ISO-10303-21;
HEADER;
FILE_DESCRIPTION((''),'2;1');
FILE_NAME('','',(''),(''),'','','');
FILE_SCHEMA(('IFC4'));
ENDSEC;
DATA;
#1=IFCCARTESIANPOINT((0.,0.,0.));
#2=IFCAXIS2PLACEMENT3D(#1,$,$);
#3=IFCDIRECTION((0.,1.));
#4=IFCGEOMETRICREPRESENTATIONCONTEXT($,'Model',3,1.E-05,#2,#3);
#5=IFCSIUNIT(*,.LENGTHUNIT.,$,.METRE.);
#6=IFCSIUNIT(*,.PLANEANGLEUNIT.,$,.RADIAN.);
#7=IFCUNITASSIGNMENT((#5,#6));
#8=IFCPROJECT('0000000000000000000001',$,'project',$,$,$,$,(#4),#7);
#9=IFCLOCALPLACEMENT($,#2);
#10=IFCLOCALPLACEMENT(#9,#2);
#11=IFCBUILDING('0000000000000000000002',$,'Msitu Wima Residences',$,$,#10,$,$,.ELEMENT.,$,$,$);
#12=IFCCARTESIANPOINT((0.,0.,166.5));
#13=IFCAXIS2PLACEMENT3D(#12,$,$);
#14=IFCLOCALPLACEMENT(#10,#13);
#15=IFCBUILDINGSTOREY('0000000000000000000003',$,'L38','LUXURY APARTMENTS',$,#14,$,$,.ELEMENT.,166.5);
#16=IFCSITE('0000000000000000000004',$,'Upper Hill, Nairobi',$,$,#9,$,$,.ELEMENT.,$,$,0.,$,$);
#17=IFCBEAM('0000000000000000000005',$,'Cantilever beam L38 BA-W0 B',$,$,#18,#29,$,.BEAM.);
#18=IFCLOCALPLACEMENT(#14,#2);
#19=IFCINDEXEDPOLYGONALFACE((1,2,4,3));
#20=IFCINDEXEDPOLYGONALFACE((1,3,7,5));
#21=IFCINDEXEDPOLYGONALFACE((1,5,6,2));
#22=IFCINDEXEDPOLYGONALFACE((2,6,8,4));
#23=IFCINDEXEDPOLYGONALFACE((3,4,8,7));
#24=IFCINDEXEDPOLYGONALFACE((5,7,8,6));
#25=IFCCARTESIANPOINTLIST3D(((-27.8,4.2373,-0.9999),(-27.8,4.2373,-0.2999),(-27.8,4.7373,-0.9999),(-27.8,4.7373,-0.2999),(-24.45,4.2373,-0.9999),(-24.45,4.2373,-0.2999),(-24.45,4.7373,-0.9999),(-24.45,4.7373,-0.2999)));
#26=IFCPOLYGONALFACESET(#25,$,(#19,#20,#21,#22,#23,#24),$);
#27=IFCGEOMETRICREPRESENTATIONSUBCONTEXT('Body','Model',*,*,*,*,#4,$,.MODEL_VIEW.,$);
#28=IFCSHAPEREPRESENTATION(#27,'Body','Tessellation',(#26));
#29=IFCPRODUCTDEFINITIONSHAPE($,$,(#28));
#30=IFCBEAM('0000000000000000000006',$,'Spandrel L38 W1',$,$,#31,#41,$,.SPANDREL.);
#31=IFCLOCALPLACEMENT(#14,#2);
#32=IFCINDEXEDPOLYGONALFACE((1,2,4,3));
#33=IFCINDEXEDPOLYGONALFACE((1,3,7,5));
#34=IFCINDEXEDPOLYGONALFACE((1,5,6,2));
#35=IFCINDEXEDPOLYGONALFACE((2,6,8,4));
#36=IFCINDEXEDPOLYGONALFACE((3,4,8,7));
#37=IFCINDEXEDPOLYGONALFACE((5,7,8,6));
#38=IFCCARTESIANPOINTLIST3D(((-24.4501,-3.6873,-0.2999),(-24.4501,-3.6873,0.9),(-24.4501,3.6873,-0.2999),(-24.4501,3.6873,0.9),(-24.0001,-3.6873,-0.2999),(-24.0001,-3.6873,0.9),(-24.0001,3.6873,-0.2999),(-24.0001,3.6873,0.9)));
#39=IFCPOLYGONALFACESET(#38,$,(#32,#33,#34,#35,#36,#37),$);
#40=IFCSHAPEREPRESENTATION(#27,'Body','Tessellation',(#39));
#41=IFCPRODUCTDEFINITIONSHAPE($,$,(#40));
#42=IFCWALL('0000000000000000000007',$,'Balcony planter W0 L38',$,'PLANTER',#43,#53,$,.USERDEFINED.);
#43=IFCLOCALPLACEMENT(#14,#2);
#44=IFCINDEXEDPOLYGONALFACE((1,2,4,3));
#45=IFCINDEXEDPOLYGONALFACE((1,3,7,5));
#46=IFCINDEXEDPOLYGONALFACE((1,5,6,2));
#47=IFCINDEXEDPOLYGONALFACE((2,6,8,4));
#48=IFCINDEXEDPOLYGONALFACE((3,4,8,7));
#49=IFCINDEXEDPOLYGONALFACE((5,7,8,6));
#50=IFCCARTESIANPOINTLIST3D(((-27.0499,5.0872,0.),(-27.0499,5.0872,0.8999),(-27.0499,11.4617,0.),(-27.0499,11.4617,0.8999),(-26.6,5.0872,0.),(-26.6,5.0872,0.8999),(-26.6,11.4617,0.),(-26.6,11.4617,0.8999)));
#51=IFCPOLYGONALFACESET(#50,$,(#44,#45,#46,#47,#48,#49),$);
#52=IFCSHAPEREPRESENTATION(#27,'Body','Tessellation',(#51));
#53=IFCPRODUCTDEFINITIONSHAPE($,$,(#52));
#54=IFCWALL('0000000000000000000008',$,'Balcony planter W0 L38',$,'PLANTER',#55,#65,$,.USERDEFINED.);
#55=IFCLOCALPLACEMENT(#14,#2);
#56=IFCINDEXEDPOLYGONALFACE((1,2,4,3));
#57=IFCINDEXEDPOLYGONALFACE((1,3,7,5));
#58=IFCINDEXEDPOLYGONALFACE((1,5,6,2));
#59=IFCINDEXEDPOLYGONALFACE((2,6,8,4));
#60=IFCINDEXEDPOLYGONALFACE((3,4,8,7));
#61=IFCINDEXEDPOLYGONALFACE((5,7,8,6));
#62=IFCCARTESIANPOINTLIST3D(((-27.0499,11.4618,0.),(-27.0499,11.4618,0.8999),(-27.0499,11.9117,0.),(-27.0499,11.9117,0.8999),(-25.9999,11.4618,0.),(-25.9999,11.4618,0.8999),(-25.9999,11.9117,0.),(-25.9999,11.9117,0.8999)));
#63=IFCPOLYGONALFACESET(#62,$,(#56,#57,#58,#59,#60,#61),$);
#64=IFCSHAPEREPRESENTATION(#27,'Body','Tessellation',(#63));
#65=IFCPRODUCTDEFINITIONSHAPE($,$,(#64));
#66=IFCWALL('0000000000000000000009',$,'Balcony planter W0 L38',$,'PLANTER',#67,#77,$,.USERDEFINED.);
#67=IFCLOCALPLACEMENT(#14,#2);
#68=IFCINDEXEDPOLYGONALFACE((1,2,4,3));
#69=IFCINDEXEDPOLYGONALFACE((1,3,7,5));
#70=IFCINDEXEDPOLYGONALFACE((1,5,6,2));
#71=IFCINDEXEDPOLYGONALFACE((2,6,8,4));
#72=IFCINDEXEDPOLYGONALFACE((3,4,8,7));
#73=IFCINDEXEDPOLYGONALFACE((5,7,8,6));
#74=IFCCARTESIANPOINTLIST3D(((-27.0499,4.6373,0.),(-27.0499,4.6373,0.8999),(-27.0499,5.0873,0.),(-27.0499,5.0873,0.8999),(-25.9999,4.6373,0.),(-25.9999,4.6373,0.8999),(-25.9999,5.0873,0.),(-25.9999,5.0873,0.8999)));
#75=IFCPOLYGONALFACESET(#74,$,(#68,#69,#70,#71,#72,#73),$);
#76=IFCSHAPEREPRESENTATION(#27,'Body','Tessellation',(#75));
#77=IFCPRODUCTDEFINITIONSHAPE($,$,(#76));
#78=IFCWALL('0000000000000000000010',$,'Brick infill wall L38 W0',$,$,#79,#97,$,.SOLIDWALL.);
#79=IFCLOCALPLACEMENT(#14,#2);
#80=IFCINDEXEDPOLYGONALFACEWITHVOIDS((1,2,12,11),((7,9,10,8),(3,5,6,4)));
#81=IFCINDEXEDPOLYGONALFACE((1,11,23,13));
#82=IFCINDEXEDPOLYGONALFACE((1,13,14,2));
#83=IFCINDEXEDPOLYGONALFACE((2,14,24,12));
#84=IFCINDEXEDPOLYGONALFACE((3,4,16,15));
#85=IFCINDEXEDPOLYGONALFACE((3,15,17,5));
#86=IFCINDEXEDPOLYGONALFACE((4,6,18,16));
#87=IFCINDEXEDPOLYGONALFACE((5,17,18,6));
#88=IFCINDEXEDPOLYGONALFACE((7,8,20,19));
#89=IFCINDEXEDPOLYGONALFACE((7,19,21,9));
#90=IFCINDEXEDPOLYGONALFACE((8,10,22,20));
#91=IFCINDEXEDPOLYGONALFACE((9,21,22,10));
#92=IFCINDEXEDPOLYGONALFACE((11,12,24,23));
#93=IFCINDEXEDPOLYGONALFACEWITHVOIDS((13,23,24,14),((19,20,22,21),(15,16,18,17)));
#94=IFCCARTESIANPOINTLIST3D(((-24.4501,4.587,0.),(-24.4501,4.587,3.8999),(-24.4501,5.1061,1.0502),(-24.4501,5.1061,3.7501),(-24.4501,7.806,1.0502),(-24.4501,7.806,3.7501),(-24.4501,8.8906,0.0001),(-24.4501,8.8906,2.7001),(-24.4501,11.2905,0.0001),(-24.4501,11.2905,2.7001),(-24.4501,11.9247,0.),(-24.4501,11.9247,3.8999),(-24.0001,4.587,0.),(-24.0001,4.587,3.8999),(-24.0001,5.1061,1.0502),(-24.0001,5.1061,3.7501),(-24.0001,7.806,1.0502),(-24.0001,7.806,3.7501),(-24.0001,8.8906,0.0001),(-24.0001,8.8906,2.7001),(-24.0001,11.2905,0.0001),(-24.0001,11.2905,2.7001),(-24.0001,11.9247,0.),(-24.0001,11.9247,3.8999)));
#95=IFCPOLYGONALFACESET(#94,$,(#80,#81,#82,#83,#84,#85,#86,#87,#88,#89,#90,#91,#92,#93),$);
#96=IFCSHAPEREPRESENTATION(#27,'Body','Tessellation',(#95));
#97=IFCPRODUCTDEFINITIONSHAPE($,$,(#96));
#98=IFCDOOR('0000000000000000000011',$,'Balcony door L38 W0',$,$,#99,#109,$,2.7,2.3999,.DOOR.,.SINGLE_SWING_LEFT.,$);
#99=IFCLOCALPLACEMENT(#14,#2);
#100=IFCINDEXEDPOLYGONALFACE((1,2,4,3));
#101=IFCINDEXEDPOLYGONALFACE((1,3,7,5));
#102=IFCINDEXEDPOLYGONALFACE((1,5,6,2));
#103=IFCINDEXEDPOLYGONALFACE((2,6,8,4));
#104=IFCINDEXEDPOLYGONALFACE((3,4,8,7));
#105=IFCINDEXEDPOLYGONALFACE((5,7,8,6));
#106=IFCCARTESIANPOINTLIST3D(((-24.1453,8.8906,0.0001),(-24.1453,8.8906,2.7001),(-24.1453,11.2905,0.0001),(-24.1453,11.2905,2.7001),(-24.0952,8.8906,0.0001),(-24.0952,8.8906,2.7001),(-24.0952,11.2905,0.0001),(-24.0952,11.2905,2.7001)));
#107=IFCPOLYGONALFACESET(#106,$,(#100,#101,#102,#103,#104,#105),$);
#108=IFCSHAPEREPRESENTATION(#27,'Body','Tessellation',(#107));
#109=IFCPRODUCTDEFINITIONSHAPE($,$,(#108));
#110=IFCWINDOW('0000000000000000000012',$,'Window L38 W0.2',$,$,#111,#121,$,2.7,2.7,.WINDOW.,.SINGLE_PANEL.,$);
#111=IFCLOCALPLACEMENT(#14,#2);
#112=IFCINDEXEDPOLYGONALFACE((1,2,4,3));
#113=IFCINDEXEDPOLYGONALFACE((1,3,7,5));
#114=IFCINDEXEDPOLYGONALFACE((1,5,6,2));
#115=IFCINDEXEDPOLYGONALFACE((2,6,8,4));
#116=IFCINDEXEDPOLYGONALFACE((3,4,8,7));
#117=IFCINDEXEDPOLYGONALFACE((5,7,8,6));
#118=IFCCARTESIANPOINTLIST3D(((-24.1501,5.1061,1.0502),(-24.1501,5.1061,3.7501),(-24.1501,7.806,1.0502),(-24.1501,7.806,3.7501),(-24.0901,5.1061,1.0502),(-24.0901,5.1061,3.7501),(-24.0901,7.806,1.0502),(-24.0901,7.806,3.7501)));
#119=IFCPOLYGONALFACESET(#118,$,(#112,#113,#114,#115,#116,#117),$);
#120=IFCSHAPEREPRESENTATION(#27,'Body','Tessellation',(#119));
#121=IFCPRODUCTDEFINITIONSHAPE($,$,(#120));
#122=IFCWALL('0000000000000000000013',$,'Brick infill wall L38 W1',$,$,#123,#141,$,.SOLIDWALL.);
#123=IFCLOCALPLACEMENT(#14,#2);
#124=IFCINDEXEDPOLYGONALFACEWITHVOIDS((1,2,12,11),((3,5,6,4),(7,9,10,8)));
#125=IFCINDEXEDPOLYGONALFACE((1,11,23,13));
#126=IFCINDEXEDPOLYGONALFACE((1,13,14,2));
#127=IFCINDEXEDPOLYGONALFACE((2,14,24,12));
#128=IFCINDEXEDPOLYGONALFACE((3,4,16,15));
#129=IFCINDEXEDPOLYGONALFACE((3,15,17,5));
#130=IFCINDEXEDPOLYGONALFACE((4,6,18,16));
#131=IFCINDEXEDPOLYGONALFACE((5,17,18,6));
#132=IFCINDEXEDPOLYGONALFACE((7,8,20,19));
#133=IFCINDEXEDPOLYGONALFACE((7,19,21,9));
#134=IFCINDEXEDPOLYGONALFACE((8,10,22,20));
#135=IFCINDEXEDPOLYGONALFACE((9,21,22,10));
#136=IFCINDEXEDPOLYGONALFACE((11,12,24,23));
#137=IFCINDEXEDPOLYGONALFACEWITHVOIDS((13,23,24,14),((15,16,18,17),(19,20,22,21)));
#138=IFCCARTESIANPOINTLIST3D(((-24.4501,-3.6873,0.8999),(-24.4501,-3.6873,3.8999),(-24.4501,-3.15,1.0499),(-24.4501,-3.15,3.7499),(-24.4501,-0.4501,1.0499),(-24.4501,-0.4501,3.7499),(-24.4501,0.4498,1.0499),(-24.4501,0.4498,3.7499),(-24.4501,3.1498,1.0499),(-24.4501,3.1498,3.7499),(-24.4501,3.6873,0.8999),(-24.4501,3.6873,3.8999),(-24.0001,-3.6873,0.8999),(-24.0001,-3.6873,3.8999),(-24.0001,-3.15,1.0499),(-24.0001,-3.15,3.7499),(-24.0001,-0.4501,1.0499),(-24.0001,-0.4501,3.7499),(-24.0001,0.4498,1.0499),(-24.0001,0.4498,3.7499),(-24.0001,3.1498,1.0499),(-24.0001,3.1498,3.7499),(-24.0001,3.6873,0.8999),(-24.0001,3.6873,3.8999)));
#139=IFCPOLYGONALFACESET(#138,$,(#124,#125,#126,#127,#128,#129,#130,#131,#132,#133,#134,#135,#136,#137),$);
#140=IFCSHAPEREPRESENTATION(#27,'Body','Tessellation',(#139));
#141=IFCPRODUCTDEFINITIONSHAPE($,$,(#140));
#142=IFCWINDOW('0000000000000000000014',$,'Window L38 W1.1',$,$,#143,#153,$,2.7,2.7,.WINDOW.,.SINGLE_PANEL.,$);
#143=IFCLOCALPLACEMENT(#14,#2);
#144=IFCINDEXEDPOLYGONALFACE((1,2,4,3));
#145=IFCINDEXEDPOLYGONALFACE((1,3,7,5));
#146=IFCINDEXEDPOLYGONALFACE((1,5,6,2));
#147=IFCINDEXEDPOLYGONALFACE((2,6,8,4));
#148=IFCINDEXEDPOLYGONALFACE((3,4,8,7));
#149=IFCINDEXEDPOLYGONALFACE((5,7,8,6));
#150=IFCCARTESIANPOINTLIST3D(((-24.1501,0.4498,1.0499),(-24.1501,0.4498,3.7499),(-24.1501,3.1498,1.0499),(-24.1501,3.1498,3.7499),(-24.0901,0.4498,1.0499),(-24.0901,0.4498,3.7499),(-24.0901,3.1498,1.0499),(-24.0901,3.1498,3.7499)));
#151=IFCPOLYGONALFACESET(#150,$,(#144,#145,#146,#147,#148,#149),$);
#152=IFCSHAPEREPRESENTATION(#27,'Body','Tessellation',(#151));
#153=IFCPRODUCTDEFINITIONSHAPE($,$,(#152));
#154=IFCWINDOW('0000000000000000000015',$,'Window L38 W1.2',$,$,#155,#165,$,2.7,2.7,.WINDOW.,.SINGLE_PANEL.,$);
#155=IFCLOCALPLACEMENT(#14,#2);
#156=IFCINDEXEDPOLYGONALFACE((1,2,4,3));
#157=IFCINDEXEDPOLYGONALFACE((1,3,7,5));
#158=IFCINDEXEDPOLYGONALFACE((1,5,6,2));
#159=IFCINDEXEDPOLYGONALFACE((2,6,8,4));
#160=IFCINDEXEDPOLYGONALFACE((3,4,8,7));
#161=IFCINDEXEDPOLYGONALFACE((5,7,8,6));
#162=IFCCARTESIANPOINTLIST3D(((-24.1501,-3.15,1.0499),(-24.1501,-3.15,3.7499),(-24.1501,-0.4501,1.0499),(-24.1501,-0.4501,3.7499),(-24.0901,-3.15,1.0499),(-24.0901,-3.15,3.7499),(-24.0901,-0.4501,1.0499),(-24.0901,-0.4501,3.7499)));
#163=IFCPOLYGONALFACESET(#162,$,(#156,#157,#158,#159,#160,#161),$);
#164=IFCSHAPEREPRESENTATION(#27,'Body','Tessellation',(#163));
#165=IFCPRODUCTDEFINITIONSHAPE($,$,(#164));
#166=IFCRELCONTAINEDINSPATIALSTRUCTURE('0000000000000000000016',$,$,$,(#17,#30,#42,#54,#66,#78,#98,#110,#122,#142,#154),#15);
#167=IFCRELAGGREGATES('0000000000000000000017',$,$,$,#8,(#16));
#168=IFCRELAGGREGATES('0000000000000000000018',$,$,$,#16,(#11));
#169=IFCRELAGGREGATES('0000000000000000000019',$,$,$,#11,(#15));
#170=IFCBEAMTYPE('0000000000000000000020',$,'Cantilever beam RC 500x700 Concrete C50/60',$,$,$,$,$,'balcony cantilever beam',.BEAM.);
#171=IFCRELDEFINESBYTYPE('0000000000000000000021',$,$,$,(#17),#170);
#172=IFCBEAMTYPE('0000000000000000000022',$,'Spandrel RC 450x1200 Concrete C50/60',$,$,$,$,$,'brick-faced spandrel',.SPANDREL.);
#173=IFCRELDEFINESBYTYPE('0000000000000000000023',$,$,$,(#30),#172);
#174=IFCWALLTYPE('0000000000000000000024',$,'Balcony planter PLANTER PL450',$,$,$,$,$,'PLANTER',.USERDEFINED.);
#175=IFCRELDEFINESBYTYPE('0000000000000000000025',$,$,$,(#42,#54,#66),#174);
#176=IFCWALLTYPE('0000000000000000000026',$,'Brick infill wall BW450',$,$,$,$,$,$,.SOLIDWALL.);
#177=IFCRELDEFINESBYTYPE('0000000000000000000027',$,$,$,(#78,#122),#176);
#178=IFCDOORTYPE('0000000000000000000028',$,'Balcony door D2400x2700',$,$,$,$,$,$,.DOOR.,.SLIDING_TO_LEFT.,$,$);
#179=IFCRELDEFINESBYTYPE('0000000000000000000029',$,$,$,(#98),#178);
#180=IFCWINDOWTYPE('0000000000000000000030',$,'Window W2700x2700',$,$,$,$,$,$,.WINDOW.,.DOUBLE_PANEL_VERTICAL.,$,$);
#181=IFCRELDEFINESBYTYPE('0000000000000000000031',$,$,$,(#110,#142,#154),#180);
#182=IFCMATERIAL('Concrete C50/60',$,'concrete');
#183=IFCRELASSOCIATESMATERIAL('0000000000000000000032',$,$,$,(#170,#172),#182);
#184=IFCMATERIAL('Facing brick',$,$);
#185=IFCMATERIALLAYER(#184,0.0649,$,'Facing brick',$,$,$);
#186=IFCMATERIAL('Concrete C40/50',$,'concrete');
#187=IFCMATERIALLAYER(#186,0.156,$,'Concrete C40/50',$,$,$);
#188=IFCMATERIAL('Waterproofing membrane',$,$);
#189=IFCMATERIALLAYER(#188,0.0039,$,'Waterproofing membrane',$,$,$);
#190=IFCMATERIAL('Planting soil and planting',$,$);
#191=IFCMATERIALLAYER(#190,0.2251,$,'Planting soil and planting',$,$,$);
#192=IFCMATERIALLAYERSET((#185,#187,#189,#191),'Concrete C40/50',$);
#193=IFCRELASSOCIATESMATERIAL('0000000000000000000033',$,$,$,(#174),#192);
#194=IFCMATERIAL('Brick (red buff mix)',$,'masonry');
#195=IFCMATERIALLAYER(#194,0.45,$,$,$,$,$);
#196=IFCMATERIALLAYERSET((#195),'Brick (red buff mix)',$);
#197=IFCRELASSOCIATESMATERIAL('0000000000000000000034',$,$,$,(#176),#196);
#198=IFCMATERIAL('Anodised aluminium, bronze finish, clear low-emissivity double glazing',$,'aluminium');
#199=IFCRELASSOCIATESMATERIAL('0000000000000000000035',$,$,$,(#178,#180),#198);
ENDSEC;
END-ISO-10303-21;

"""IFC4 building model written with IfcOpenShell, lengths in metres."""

from ifc_helpers import new_model, si_unit, direction, frame, frame_2d, origin, origin_2d, place, context, subcontext, project, spatial, rectangle, extrude, material, layer, layer_set, material_profile, profile_set, type_object, element, fill, save


model = new_model("IFC4")

# Units and contexts
model_context = context("Model", 3, precision=1e-05, world=origin(), true_north=direction((0.0, 1.0)))
body_context = subcontext(model_context, "Body", "Model", "MODEL_VIEW")
ifc_project = project(units=[si_unit("LENGTHUNIT", "METRE"), si_unit("PLANEANGLEUNIT", "RADIAN")], contexts=[model_context])

# Site, building, storey
site_placement = place(None, origin())
site = spatial("IfcSite", under=ifc_project, at=site_placement, Name="Upper Hill, Nairobi", CompositionType="ELEMENT", RefElevation=0.0)
building_placement = place(site_placement, origin())
building = spatial("IfcBuilding", under=site, at=building_placement, Name="Msitu Wima Residences", CompositionType="ELEMENT")
storey_placement = place(building_placement, frame((0.0, 0.0, 166.5)))
storey = spatial("IfcBuildingStorey", under=building, at=storey_placement, Name="L38", Description="LUXURY APARTMENTS", CompositionType="ELEMENT", Elevation=166.5)

# Beams
ifc_material_1 = material(Name="Concrete C50/60", Category="concrete")
ifc_material_profile_1 = material_profile(ifc_material_1, rectangle(XDim=0.5, YDim=0.7, at=origin_2d()), Name="RC 500x700")
ifc_profile_set_1 = profile_set([ifc_material_profile_1], Name="Concrete C50/60")
beam_type_1 = type_object("IfcBeamType", Name="Cantilever beam RC 500x700 Concrete C50/60", ElementType="balcony cantilever beam", PredefinedType="BEAM", material=ifc_profile_set_1)
beam_1_placement = place(storey_placement, frame((-24.45, 4.4873, -0.6499), z_axis=(-1.0, 0.0, 0.0), x_axis=(0.0, -1.0, 0.0)))
element("IfcBeam", 1, at=beam_1_placement, inside=storey, type_object=beam_type_1, Name="Cantilever beam L38 BA-W0 B", PredefinedType="BEAM", context=body_context, shape_type="SweptSolid", body=[
    extrude(rectangle(XDim=0.5, YDim=0.7, at=origin_2d()), origin(), (0.0, 0.0, 1.0), 3.3501),
])
ifc_material_profile_2 = material_profile(ifc_material_1, rectangle(XDim=0.45, YDim=1.2, at=origin_2d()), Name="RC 450x1200")
ifc_profile_set_2 = profile_set([ifc_material_profile_2], Name="Concrete C50/60")
beam_type_2 = type_object("IfcBeamType", Name="Spandrel RC 450x1200 Concrete C50/60", ElementType="brick-faced spandrel", PredefinedType="SPANDREL", material=ifc_profile_set_2)
beam_2_placement = place(storey_placement, frame((-24.2251, 3.6873, 0.3), z_axis=(0.0, -1.0, 0.0), x_axis=(1.0, 0.0, 0.0)))
element("IfcBeam", 2, at=beam_2_placement, inside=storey, type_object=beam_type_2, Name="Spandrel L38 W1", PredefinedType="SPANDREL", context=body_context, shape_type="SweptSolid", body=[
    extrude(rectangle(XDim=0.45, YDim=1.2, at=origin_2d()), origin(), (0.0, 0.0, 1.0), 7.3745),
])

# Walls
ifc_material_2 = material(Name="Facing brick")
ifc_layer_1 = layer(ifc_material_2, 0.0649, Name="Facing brick")
ifc_material_3 = material(Name="Concrete C40/50", Category="concrete")
ifc_layer_2 = layer(ifc_material_3, 0.156, Name="Concrete C40/50")
ifc_material_4 = material(Name="Waterproofing membrane")
ifc_layer_3 = layer(ifc_material_4, 0.0039, Name="Waterproofing membrane")
ifc_material_5 = material(Name="Planting soil and planting")
ifc_layer_4 = layer(ifc_material_5, 0.2251, Name="Planting soil and planting")
ifc_layer_set_1 = layer_set([ifc_layer_1, ifc_layer_2, ifc_layer_3, ifc_layer_4], Name="Concrete C40/50")
wall_type_1 = type_object("IfcWallType", Name="Balcony planter PLANTER PL450", ElementType="PLANTER", PredefinedType="USERDEFINED", material=ifc_layer_set_1)
wall_1_placement = place(storey_placement, frame((-26.825, 11.4617, 0.0), z_axis=(0.0, 0.0, 1.0), x_axis=(0.0, -1.0, 0.0)))
element("IfcWall", 3, at=wall_1_placement, inside=storey, type_object=wall_type_1, Name="Balcony planter W0 L38", ObjectType="PLANTER", PredefinedType="USERDEFINED", context=body_context, shape_type="SweptSolid", body=[
    extrude(rectangle(XDim=6.3745, YDim=0.45, at=frame_2d((3.1873, 0.0))), origin(), (0.0, 0.0, 1.0), 0.8999),
])
for number, where, z_axis, x_axis, name in (
    (4, (-26.0, 11.6868, 0.0), (0.0, 0.0, 1.0), (-1.0, 0.0, 0.0), "Balcony planter W0 L38"),
    (5, (-26.0, 4.8623, 0.0), (0.0, 0.0, 1.0), (-1.0, 0.0, 0.0), "Balcony planter W0 L38"),
):
    element("IfcWall", number, at=place(storey_placement, frame(where, z_axis=z_axis, x_axis=x_axis)), inside=storey, type_object=wall_type_1, Name=name, ObjectType="PLANTER", PredefinedType="USERDEFINED", context=body_context, shape_type="SweptSolid", body=[
        extrude(rectangle(XDim=1.05, YDim=0.45, at=frame_2d((0.5249, 0.0))), origin(), (0.0, 0.0, 1.0), 0.8999),
    ])

# Wall, openings, door, window
ifc_material_6 = material(Name="Brick (red buff mix)", Category="masonry")
ifc_layer_5 = layer(ifc_material_6, 0.45)
ifc_layer_set_2 = layer_set([ifc_layer_5], Name="Brick (red buff mix)")
wall_type_2 = type_object("IfcWallType", Name="Brick infill wall BW450", PredefinedType="SOLIDWALL", material=ifc_layer_set_2)
wall_2_placement = place(storey_placement, frame((-24.2251, 11.9248, 0.0), z_axis=(0.0, 0.0, 1.0), x_axis=(0.0, -1.0, 0.0)))
wall_2 = element("IfcWall", 6, at=wall_2_placement, inside=storey, type_object=wall_type_2, Name="Brick infill wall L38 W0", PredefinedType="SOLIDWALL", context=body_context, shape_type="SweptSolid", body=[
    extrude(rectangle(XDim=7.3376, YDim=0.45, at=frame_2d((3.6689, 0.0))), origin(), (0.0, 0.0, 1.0), 3.8999),
])
opening_1_placement = place(wall_2_placement, frame((0.6343, 0.0, 0.0)))
opening_1 = element("IfcOpeningElement", 7, at=opening_1_placement, cuts=wall_2, PredefinedType="OPENING", context=body_context, shape_type="SweptSolid", body=[
    extrude(rectangle(XDim=2.3999, YDim=2.7, at=frame_2d((1.2, 1.3501))), frame((0.0, 0.2349, 0.0), z_axis=(0.0, -1.0, 0.0), x_axis=(1.0, 0.0, 0.0)), (0.0, 0.0, 1.0), 0.47),
])
opening_2_placement = place(wall_2_placement, frame((4.1187, 0.0, 1.05)))
opening_2 = element("IfcOpeningElement", 8, at=opening_2_placement, cuts=wall_2, PredefinedType="OPENING", context=body_context, shape_type="SweptSolid", body=[
    extrude(rectangle(XDim=2.7, YDim=2.7, at=frame_2d((1.3501, 1.3501))), frame((0.0, 0.2349, 0.0), z_axis=(0.0, -1.0, 0.0), x_axis=(1.0, 0.0, 0.0)), (0.0, 0.0, 1.0), 0.47),
])
ifc_material_7 = material(Name="Anodised aluminium, bronze finish, clear low-emissivity double glazing", Category="aluminium")
door_type = type_object("IfcDoorType", Name="Balcony door D2400x2700", OperationType="SLIDING_TO_LEFT", PredefinedType="DOOR", material=ifc_material_7)
door_placement = place(opening_1_placement, origin())
door = element("IfcDoor", 9, at=door_placement, inside=storey, type_object=door_type, Name="Balcony door L38 W0", OperationType="SINGLE_SWING_LEFT", OverallHeight=2.7, OverallWidth=2.3999, PredefinedType="DOOR", context=body_context, shape_type="SweptSolid", body=[
    extrude(rectangle(XDim=2.3999, YDim=2.7, at=frame_2d((1.2, 1.3501))), frame((0.0, 0.1299, 0.0), z_axis=(0.0, -1.0, 0.0), x_axis=(1.0, 0.0, 0.0)), (0.0, 0.0, 1.0), 0.05),
])
fill(opening_1, door)
window_type = type_object("IfcWindowType", Name="Window W2700x2700", PartitioningType="DOUBLE_PANEL_VERTICAL", PredefinedType="WINDOW", material=ifc_material_7)
window_1_placement = place(opening_2_placement, origin())
window_1 = element("IfcWindow", 10, at=window_1_placement, inside=storey, type_object=window_type, Name="Window L38 W0.2", OverallHeight=2.7, OverallWidth=2.7, PartitioningType="SINGLE_PANEL", PredefinedType="WINDOW", context=body_context, shape_type="SweptSolid", body=[
    extrude(rectangle(XDim=2.7, YDim=2.7, at=frame_2d((1.3501, 1.3501))), frame((0.0, 0.135, 0.0), z_axis=(0.0, -1.0, 0.0), x_axis=(1.0, 0.0, 0.0)), (0.0, 0.0, 1.0), 0.0601),
])
fill(opening_2, window_1)

# Wall, openings, windows
wall_3_placement = place(storey_placement, frame((-24.2251, 3.6873, 0.8999), z_axis=(0.0, 0.0, 1.0), x_axis=(0.0, -1.0, 0.0)))
wall_3 = element("IfcWall", 11, at=wall_3_placement, inside=storey, type_object=wall_type_2, Name="Brick infill wall L38 W1", PredefinedType="SOLIDWALL", context=body_context, shape_type="SweptSolid", body=[
    extrude(rectangle(XDim=7.3745, YDim=0.45, at=frame_2d((3.6873, 0.0))), origin(), (0.0, 0.0, 1.0), 3.0),
])
opening_3_placement = place(wall_3_placement, frame((0.5374, 0.0, 0.1499)))
opening_3 = element("IfcOpeningElement", 12, at=opening_3_placement, cuts=wall_3, PredefinedType="OPENING", context=body_context, shape_type="SweptSolid", body=[
    extrude(rectangle(XDim=2.7, YDim=2.7, at=frame_2d((1.3501, 1.3501))), frame((0.0, 0.2349, 0.0), z_axis=(0.0, -1.0, 0.0), x_axis=(1.0, 0.0, 0.0)), (0.0, 0.0, 1.0), 0.47),
])
opening_4_placement = place(wall_3_placement, frame((4.1372, 0.0, 0.1499)))
opening_4 = element("IfcOpeningElement", 13, at=opening_4_placement, cuts=wall_3, PredefinedType="OPENING", context=body_context, shape_type="SweptSolid", body=[
    extrude(rectangle(XDim=2.7, YDim=2.7, at=frame_2d((1.3501, 1.3501))), frame((0.0, 0.2349, 0.0), z_axis=(0.0, -1.0, 0.0), x_axis=(1.0, 0.0, 0.0)), (0.0, 0.0, 1.0), 0.47),
])
window_2_placement = place(opening_3_placement, origin())
window_2 = element("IfcWindow", 14, at=window_2_placement, inside=storey, type_object=window_type, Name="Window L38 W1.1", OverallHeight=2.7, OverallWidth=2.7, PartitioningType="SINGLE_PANEL", PredefinedType="WINDOW", context=body_context, shape_type="SweptSolid", body=[
    extrude(rectangle(XDim=2.7, YDim=2.7, at=frame_2d((1.3501, 1.3501))), frame((0.0, 0.135, 0.0), z_axis=(0.0, -1.0, 0.0), x_axis=(1.0, 0.0, 0.0)), (0.0, 0.0, 1.0), 0.0601),
])
fill(opening_3, window_2)
window_3_placement = place(opening_4_placement, origin())
window_3 = element("IfcWindow", 15, at=window_3_placement, inside=storey, type_object=window_type, Name="Window L38 W1.2", OverallHeight=2.7, OverallWidth=2.7, PartitioningType="SINGLE_PANEL", PredefinedType="WINDOW", context=body_context, shape_type="SweptSolid", body=[
    extrude(rectangle(XDim=2.7, YDim=2.7, at=frame_2d((1.3501, 1.3501))), frame((0.0, 0.135, 0.0), z_axis=(0.0, -1.0, 0.0), x_axis=(1.0, 0.0, 0.0)), (0.0, 0.0, 1.0), 0.0601),
])
fill(opening_4, window_3)

save(model, "model.ifc")
